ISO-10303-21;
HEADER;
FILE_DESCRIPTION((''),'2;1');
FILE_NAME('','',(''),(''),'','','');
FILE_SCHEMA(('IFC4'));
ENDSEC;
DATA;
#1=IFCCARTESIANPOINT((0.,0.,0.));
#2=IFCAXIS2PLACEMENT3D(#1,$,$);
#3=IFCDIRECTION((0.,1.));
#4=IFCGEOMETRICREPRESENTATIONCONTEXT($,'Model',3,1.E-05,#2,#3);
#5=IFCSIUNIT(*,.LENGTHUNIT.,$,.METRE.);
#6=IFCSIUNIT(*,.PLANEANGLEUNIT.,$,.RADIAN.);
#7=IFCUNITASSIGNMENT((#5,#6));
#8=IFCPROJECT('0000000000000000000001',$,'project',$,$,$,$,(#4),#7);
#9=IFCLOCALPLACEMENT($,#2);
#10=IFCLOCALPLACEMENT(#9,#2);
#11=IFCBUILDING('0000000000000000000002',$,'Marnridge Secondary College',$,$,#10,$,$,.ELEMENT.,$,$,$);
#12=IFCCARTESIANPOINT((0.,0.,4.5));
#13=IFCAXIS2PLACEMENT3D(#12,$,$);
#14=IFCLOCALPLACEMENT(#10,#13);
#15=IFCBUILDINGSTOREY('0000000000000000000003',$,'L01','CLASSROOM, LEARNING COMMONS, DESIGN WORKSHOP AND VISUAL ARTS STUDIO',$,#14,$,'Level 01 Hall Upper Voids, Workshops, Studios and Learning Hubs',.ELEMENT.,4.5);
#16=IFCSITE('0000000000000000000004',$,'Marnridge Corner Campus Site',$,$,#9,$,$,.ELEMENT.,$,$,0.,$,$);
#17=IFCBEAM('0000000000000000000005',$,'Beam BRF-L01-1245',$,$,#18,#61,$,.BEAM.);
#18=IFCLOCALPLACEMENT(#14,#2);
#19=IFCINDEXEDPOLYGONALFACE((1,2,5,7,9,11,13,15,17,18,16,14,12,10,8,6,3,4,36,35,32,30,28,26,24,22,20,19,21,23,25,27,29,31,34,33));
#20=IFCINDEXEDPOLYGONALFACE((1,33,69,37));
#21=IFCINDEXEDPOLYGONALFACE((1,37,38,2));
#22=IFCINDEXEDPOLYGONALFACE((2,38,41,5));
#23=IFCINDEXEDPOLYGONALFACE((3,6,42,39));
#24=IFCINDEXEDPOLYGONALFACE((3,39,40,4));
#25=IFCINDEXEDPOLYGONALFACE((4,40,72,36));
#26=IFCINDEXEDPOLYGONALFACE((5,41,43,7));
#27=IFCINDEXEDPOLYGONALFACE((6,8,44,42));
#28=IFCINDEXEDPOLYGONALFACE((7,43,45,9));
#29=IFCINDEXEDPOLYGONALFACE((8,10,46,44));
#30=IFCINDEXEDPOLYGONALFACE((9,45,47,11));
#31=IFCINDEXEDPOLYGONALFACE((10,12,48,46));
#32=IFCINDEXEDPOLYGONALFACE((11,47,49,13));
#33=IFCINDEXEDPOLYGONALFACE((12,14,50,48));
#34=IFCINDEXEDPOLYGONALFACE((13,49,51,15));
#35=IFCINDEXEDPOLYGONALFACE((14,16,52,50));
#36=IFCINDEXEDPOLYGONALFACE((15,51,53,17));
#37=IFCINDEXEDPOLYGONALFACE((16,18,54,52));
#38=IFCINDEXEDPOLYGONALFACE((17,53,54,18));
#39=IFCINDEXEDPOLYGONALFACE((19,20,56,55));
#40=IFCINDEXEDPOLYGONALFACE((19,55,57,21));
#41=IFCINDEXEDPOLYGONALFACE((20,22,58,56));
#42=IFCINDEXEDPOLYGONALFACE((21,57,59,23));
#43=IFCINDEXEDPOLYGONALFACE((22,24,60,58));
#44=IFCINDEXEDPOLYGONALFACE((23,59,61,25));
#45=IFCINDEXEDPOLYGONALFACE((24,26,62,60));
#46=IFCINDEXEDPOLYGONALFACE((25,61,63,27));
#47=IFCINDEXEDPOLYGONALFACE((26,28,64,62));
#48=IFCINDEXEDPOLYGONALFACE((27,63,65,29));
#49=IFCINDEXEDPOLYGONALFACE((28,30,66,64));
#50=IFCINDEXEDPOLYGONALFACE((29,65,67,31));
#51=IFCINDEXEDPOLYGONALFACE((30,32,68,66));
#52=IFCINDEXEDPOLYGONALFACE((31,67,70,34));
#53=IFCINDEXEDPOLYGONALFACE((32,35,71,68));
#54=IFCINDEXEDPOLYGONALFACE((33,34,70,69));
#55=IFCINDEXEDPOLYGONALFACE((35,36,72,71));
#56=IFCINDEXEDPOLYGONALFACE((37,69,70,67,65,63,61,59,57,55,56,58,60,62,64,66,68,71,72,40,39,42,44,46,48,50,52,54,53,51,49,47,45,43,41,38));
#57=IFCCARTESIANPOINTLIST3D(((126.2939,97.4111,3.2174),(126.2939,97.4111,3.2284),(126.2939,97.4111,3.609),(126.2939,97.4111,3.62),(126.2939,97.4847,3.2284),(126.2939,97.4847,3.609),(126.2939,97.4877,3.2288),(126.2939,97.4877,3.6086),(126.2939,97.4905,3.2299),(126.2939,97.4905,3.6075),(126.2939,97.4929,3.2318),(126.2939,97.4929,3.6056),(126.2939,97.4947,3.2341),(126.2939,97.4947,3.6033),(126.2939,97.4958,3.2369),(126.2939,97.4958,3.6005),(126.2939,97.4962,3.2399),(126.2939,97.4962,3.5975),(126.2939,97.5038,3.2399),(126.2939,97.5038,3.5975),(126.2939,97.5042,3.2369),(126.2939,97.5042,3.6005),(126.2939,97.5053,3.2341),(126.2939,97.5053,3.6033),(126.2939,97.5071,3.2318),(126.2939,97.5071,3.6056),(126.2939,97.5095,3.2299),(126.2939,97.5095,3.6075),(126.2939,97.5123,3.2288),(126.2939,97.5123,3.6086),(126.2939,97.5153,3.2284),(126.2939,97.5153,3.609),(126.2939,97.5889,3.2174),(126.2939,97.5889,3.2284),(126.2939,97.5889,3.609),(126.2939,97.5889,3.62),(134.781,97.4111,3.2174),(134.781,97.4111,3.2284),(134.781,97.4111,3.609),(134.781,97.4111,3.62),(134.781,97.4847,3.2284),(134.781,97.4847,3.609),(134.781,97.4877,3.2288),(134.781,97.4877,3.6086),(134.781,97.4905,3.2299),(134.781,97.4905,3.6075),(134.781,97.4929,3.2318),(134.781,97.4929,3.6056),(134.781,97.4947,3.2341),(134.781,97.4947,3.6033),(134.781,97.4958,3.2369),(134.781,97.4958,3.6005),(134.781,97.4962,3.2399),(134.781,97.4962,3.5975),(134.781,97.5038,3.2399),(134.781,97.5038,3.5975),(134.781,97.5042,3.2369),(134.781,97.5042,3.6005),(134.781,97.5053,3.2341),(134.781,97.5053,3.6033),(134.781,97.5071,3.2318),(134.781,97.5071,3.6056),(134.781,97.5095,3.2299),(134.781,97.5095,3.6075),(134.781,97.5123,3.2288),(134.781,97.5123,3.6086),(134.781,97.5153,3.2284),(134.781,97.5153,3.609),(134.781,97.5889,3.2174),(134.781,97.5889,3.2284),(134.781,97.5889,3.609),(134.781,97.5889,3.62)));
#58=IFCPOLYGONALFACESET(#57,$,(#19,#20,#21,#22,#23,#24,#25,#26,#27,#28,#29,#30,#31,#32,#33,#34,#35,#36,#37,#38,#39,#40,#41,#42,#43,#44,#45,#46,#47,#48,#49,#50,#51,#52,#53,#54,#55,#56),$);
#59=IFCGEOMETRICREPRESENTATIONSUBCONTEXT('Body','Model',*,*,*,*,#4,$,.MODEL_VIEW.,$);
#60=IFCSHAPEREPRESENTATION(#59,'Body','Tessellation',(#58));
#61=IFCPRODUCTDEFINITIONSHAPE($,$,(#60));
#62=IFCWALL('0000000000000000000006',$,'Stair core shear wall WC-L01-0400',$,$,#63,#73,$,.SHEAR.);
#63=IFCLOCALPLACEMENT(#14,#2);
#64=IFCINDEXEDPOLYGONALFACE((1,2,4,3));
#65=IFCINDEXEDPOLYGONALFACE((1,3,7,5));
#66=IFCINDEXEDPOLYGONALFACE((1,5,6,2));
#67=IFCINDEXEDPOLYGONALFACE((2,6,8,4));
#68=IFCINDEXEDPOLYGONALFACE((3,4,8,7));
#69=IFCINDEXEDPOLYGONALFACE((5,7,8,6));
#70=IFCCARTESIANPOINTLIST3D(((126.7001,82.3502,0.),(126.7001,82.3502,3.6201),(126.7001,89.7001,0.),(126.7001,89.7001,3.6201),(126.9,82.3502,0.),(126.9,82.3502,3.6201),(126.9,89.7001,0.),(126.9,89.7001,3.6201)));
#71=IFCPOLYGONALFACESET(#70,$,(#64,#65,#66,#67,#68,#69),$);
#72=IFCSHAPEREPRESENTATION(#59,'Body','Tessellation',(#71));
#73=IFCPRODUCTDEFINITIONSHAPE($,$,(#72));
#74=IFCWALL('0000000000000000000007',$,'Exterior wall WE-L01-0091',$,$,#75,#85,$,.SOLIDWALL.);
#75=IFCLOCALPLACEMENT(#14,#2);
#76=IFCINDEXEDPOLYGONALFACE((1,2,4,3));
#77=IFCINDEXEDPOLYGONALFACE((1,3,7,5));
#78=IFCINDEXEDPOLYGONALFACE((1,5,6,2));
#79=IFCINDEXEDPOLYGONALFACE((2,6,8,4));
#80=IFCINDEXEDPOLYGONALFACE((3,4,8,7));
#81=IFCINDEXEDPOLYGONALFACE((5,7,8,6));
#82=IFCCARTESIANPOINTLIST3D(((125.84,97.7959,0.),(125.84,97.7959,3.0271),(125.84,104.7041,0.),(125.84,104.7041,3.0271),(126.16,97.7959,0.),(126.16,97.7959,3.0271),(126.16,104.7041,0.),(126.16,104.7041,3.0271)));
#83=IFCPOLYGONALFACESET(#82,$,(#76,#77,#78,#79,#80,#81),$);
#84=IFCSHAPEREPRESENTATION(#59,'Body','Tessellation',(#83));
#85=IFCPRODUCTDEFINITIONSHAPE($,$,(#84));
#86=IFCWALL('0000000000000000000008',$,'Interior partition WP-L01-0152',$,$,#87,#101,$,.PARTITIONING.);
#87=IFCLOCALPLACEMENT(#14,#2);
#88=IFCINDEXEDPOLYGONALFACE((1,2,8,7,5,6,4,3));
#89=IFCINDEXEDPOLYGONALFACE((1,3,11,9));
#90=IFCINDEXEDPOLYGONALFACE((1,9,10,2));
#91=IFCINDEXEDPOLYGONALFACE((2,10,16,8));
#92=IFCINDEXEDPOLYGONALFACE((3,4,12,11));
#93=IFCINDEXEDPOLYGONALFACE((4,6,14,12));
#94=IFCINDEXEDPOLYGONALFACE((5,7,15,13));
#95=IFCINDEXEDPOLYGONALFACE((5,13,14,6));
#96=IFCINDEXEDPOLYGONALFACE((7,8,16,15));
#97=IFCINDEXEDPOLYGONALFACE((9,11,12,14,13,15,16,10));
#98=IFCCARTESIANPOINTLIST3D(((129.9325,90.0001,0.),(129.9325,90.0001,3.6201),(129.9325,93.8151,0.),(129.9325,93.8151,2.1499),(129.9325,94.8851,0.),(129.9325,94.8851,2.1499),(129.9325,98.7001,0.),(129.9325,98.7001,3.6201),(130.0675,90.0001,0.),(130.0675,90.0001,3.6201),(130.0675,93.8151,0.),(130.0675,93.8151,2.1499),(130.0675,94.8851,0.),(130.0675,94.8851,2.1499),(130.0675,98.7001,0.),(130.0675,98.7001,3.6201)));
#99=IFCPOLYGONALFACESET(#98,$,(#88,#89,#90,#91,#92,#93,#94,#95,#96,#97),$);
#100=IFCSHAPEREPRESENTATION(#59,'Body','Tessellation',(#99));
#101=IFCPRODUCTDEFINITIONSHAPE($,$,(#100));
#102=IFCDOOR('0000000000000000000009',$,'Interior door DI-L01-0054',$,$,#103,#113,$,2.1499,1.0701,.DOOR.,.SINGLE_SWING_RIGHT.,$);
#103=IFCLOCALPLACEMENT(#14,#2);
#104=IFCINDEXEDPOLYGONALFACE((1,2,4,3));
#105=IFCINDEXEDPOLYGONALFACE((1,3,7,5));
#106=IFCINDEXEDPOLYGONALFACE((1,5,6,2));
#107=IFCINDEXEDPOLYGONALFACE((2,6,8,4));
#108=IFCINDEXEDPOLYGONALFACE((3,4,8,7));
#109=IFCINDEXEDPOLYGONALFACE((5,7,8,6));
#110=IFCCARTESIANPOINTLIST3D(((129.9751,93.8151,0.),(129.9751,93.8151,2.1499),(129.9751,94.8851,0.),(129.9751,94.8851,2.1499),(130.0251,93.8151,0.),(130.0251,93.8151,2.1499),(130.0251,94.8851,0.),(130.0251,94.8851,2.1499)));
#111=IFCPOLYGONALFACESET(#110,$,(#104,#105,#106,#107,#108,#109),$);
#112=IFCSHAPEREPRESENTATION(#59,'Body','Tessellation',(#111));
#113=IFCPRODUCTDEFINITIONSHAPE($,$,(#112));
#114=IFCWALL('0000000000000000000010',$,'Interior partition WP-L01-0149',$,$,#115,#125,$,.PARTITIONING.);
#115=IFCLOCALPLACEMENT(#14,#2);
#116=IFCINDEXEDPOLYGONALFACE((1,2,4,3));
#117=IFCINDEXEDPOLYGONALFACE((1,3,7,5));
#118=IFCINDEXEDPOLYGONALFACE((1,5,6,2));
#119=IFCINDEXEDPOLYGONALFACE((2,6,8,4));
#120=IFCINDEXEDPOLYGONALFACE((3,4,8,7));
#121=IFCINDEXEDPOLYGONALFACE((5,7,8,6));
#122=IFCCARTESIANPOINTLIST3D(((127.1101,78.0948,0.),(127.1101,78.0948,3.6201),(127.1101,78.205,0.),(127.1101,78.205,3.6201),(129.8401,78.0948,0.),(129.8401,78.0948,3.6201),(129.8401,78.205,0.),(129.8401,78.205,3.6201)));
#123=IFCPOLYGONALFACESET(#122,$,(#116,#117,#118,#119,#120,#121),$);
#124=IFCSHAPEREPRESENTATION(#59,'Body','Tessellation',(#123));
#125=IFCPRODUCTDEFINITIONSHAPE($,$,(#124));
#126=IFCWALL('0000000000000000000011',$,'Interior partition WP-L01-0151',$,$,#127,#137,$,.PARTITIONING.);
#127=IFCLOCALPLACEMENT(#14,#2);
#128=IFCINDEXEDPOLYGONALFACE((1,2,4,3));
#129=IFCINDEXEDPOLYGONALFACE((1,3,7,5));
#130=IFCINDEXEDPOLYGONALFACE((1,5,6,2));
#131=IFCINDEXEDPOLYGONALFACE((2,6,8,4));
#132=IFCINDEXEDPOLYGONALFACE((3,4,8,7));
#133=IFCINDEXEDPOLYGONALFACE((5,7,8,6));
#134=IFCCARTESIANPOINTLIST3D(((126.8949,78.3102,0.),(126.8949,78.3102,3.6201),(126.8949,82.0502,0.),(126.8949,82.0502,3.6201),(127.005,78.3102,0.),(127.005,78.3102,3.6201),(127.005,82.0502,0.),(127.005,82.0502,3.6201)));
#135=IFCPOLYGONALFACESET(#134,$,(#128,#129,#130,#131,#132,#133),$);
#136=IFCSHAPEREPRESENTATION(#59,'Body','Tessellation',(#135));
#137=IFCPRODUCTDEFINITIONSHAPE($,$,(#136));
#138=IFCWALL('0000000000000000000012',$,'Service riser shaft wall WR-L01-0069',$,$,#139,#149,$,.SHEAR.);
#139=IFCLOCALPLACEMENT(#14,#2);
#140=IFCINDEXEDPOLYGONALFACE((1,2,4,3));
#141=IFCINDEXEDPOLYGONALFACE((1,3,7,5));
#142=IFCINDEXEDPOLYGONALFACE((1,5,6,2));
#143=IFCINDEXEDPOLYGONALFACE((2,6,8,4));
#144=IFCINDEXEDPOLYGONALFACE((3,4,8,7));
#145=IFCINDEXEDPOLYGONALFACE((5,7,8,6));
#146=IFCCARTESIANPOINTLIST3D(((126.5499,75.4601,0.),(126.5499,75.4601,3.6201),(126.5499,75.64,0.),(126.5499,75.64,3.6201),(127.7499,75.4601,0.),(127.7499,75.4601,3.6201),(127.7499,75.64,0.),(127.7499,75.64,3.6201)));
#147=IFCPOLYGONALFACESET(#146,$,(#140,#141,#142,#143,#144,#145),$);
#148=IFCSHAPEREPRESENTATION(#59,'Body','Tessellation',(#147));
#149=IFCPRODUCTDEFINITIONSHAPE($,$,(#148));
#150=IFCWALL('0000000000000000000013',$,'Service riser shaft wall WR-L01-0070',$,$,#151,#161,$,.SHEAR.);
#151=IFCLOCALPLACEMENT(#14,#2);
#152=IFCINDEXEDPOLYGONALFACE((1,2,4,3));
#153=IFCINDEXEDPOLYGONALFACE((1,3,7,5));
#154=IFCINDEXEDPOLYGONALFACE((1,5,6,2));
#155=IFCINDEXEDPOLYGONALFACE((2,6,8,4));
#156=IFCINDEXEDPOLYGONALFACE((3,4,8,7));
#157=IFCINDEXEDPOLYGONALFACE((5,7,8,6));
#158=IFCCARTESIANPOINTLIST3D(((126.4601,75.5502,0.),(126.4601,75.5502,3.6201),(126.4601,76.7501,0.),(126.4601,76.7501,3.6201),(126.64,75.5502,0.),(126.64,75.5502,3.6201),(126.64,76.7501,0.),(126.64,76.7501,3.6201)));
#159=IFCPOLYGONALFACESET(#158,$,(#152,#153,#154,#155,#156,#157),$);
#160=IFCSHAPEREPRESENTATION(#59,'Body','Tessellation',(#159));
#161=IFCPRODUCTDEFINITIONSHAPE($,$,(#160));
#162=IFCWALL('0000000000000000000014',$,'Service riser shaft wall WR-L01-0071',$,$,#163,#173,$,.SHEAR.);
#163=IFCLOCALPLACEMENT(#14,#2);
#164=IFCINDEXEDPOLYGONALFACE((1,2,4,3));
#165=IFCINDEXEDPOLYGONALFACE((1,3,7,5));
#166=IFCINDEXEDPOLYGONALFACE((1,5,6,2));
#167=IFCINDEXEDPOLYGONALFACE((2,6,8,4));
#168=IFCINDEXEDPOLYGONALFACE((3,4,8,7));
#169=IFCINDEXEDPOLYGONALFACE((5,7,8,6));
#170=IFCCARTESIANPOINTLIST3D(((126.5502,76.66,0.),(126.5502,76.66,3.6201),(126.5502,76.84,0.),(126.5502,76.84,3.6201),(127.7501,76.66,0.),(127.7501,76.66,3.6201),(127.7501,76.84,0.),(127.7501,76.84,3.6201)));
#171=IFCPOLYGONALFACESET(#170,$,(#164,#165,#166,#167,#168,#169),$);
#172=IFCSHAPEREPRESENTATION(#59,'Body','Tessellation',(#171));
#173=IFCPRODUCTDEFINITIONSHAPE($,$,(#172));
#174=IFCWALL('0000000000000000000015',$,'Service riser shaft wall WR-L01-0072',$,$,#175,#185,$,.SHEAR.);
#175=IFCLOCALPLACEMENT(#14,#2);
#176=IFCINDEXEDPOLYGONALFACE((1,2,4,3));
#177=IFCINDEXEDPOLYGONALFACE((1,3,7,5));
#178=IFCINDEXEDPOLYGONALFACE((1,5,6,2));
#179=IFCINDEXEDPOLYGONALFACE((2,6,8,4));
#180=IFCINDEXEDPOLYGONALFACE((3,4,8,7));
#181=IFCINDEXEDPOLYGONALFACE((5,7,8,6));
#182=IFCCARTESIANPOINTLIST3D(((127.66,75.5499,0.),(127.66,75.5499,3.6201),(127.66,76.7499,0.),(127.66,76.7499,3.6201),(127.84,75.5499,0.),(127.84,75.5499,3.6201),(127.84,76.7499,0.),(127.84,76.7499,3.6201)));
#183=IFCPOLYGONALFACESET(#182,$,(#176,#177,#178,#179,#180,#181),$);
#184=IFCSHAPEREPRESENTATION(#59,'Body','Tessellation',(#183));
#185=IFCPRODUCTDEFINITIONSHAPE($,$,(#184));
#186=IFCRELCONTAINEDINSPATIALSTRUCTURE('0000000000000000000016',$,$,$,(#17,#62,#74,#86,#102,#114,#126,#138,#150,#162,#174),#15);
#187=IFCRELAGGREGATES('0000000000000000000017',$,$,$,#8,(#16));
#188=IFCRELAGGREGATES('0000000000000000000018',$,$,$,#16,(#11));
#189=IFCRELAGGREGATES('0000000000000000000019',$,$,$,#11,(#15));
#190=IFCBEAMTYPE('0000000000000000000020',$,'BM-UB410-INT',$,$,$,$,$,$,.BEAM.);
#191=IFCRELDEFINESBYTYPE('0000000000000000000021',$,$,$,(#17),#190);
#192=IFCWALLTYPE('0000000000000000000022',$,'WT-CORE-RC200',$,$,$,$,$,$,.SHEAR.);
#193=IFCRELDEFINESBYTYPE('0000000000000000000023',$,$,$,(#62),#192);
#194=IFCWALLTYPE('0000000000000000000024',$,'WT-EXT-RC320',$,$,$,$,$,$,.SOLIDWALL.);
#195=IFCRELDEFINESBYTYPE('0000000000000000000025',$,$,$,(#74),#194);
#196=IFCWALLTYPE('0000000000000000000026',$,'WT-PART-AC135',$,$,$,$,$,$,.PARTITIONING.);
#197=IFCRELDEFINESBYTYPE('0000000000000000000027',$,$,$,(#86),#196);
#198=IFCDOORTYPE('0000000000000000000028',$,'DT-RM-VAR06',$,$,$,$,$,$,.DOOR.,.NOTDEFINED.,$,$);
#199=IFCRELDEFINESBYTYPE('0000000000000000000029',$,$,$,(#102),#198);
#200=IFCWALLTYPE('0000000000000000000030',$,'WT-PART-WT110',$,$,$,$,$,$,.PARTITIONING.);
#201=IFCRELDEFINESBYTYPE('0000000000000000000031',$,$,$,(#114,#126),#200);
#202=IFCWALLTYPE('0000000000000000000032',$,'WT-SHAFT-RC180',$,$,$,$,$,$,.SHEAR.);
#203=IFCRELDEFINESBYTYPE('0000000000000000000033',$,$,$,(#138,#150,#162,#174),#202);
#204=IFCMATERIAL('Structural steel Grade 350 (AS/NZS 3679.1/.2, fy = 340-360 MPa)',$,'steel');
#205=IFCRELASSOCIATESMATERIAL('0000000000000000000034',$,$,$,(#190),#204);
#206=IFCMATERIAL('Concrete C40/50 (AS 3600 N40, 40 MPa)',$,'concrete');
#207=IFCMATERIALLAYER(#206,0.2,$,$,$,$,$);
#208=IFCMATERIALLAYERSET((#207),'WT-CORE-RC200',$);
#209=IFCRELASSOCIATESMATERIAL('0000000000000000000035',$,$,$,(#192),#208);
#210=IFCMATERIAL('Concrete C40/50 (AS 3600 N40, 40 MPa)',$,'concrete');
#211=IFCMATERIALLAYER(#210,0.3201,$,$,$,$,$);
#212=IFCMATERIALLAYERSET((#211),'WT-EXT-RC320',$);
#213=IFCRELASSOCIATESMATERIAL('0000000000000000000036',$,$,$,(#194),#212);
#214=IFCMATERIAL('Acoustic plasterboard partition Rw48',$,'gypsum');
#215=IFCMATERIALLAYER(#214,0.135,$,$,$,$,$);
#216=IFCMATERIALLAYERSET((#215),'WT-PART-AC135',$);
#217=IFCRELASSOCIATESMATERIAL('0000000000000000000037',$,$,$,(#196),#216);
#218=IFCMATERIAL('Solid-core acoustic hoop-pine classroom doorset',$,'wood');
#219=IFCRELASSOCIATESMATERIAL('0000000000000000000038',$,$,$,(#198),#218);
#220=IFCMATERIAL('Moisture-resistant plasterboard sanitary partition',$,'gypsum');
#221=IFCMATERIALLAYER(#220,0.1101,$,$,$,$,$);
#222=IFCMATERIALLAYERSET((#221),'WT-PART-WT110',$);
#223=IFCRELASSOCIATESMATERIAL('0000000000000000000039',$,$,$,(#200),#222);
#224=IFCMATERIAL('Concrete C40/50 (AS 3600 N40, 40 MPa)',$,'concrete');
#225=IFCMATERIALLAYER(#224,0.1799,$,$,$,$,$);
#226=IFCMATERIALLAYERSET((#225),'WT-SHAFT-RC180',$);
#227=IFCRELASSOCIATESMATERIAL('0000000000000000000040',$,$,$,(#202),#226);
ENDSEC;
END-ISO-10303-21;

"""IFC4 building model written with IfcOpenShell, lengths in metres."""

from ifc_helpers import new_model, si_unit, direction, frame, frame_2d, origin, origin_2d, place, context, subcontext, project, spatial, rectangle, i_section, extrude, material, layer, layer_set, material_profile, profile_set, type_object, element, fill, save


model = new_model("IFC4")

# Units and contexts
model_context = context("Model", 3, precision=1e-05, world=origin(), true_north=direction((0.0, 1.0)))
body_context = subcontext(model_context, "Body", "Model", "MODEL_VIEW")
ifc_project = project(units=[si_unit("LENGTHUNIT", "METRE"), si_unit("PLANEANGLEUNIT", "RADIAN")], contexts=[model_context])

# Site, building, storey
site_placement = place(None, origin())
site = spatial("IfcSite", under=ifc_project, at=site_placement, Name="Marnridge Corner Campus Site", CompositionType="ELEMENT", RefElevation=0.0)
building_placement = place(site_placement, origin())
building = spatial("IfcBuilding", under=site, at=building_placement, Name="Marnridge Secondary College", CompositionType="ELEMENT")
storey_placement = place(building_placement, frame((0.0, 0.0, 4.5)))
storey = spatial("IfcBuildingStorey", under=building, at=storey_placement, Name="L01", Description="CLASSROOM, LEARNING COMMONS, DESIGN WORKSHOP AND VISUAL ARTS STUDIO", LongName="Level 01 Hall Upper Voids, Workshops, Studios and Learning Hubs", CompositionType="ELEMENT", Elevation=4.5)

# Beam
ifc_material_1 = material(Name="Structural steel Grade 350 (AS/NZS 3679.1/.2, fy = 340-360 MPa)", Category="steel")
ifc_material_profile_1 = material_profile(ifc_material_1, i_section(OverallWidth=0.1777, OverallDepth=0.4026, WebThickness=0.0076, FlangeThickness=0.011, FilletRadius=0.0115, at=origin_2d()), Name="410UB53.7")
ifc_profile_set_1 = profile_set([ifc_material_profile_1], Name="Structural steel Grade 350 (AS/NZS 3679.1/.2, fy = 340-360 MPa)")
beam_type_1 = type_object("IfcBeamType", Name="BM-UB410-INT", PredefinedType="BEAM", material=ifc_profile_set_1)
for number, where, z_axis, x_axis, name in (
    (1, (126.2939, 97.5, 3.4187), (1.0, 0.0, 0.0), (0.0, 1.0, 0.0), "Beam BRF-L01-1245"),
):
    element("IfcBeam", number, at=place(storey_placement, frame(where, z_axis=z_axis, x_axis=x_axis)), inside=storey, type_object=beam_type_1, Name=name, PredefinedType="BEAM", context=body_context, shape_type="SweptSolid", body=[
        extrude(i_section(OverallWidth=0.1777, OverallDepth=0.4026, WebThickness=0.0076, FlangeThickness=0.011, FilletRadius=0.0115, at=origin_2d()), origin(), (0.0, 0.0, 1.0), 8.4871),
    ])

# Shared definitions
ifc_material_2 = material(Name="Concrete C40/50 (AS 3600 N40, 40 MPa)", Category="concrete")
ifc_layer_1 = layer(ifc_material_2, 0.2)
ifc_layer_set_1 = layer_set([ifc_layer_1], Name="WT-CORE-RC200")
wall_type_1 = type_object("IfcWallType", Name="WT-CORE-RC200", PredefinedType="SHEAR", material=ifc_layer_set_1)

# Walls
wall_1_placement = place(storey_placement, frame((126.8, 89.7, 0.0), z_axis=(0.0, 0.0, 1.0), x_axis=(0.0, -1.0, 0.0)))
element("IfcWall", 2, at=wall_1_placement, inside=storey, type_object=wall_type_1, Name="Stair core shear wall WC-L01-0400", PredefinedType="SHEAR", context=body_context, shape_type="SweptSolid", body=[
    extrude(rectangle(XDim=7.3499, YDim=0.2, at=frame_2d((3.6748, 0.0))), origin(), (0.0, 0.0, 1.0), 3.6201),
])
ifc_material_3 = material(Name="Concrete C40/50 (AS 3600 N40, 40 MPa)", Category="concrete")
ifc_layer_2 = layer(ifc_material_3, 0.3201)
ifc_layer_set_2 = layer_set([ifc_layer_2], Name="WT-EXT-RC320")
wall_type_2 = type_object("IfcWallType", Name="WT-EXT-RC320", PredefinedType="SOLIDWALL", material=ifc_layer_set_2)
wall_2_placement = place(storey_placement, frame((126.0, 97.7959, 0.0), z_axis=(0.0, 0.0, 1.0), x_axis=(0.0, 1.0, 0.0)))
element("IfcWall", 3, at=wall_2_placement, inside=storey, type_object=wall_type_2, Name="Exterior wall WE-L01-0091", PredefinedType="SOLIDWALL", context=body_context, shape_type="SweptSolid", body=[
    extrude(rectangle(XDim=6.9082, YDim=0.3201, at=frame_2d((3.4541, 0.0))), origin(), (0.0, 0.0, 1.0), 3.0271),
])

# Wall, opening, door
ifc_material_4 = material(Name="Acoustic plasterboard partition Rw48", Category="gypsum")
ifc_layer_3 = layer(ifc_material_4, 0.135)
ifc_layer_set_3 = layer_set([ifc_layer_3], Name="WT-PART-AC135")
wall_type_3 = type_object("IfcWallType", Name="WT-PART-AC135", PredefinedType="PARTITIONING", material=ifc_layer_set_3)
wall_3_placement = place(storey_placement, frame((130.0, 90.0, 0.0), z_axis=(0.0, 0.0, 1.0), x_axis=(0.0, 1.0, 0.0)))
wall_3 = element("IfcWall", 4, at=wall_3_placement, inside=storey, type_object=wall_type_3, Name="Interior partition WP-L01-0152", PredefinedType="PARTITIONING", context=body_context, shape_type="SweptSolid", body=[
    extrude(rectangle(XDim=8.7, YDim=0.135, at=frame_2d((4.3501, 0.0))), origin(), (0.0, 0.0, 1.0), 3.6201),
])
opening_1_placement = place(wall_3_placement, frame((3.8149, 0.0, 0.0)))
opening_1 = element("IfcOpeningElement", 5, at=opening_1_placement, cuts=wall_3, PredefinedType="OPENING", context=body_context, shape_type="SweptSolid", body=[
    extrude(rectangle(XDim=1.0701, YDim=2.1499, at=frame_2d((0.5352, 1.075))), frame((0.0, 0.0774, 0.0), z_axis=(0.0, -1.0, 0.0), x_axis=(1.0, 0.0, 0.0)), (0.0, 0.0, 1.0), 0.155),
])
ifc_material_5 = material(Name="Solid-core acoustic hoop-pine classroom doorset", Category="wood")
door_type_1 = type_object("IfcDoorType", Name="DT-RM-VAR06", OperationType="NOTDEFINED", PredefinedType="DOOR", material=ifc_material_5)
door_1_placement = place(opening_1_placement, origin())
door_1 = element("IfcDoor", 6, at=door_1_placement, inside=storey, type_object=door_type_1, Name="Interior door DI-L01-0054", OperationType="SINGLE_SWING_RIGHT", OverallHeight=2.1499, OverallWidth=1.0701, PredefinedType="DOOR", context=body_context, shape_type="SweptSolid", body=[
    extrude(rectangle(XDim=1.0701, YDim=2.1499, at=frame_2d((0.5352, 1.075))), frame((0.0, 0.0249, 0.0), z_axis=(0.0, -1.0, 0.0), x_axis=(1.0, 0.0, 0.0)), (0.0, 0.0, 1.0), 0.05),
])
fill(opening_1, door_1)

# Wall
ifc_material_6 = material(Name="Moisture-resistant plasterboard sanitary partition", Category="gypsum")
ifc_layer_4 = layer(ifc_material_6, 0.1101)
ifc_layer_set_4 = layer_set([ifc_layer_4], Name="WT-PART-WT110")
wall_type_4 = type_object("IfcWallType", Name="WT-PART-WT110", PredefinedType="PARTITIONING", material=ifc_layer_set_4)
wall_4_placement = place(storey_placement, frame((129.8401, 78.1499, 0.0), z_axis=(0.0, 0.0, 1.0), x_axis=(-1.0, 0.0, 0.0)))
element("IfcWall", 7, at=wall_4_placement, inside=storey, type_object=wall_type_4, Name="Interior partition WP-L01-0149", PredefinedType="PARTITIONING", context=body_context, shape_type="SweptSolid", body=[
    extrude(rectangle(XDim=2.73, YDim=0.1101, at=frame_2d((1.365, 0.0))), origin(), (0.0, 0.0, 1.0), 3.6201),
])

# Walls
wall_5_placement = place(storey_placement, frame((126.95, 78.3101, 0.0), z_axis=(0.0, 0.0, 1.0), x_axis=(0.0, 1.0, 0.0)))
element("IfcWall", 8, at=wall_5_placement, inside=storey, type_object=wall_type_4, Name="Interior partition WP-L01-0151", PredefinedType="PARTITIONING", context=body_context, shape_type="SweptSolid", body=[
    extrude(rectangle(XDim=3.74, YDim=0.1101, at=frame_2d((1.8701, 0.0))), origin(), (0.0, 0.0, 1.0), 3.6201),
])
ifc_material_7 = material(Name="Concrete C40/50 (AS 3600 N40, 40 MPa)", Category="concrete")
ifc_layer_5 = layer(ifc_material_7, 0.1799)
ifc_layer_set_5 = layer_set([ifc_layer_5], Name="WT-SHAFT-RC180")
wall_type_5 = type_object("IfcWallType", Name="WT-SHAFT-RC180", PredefinedType="SHEAR", material=ifc_layer_set_5)
for number, where, z_axis, x_axis, name in (
    (9, (127.75, 75.55, 0.0), (0.0, 0.0, 1.0), (-1.0, 0.0, 0.0), "Service riser shaft wall WR-L01-0069"),
    (10, (126.55, 75.55, 0.0), (0.0, 0.0, 1.0), (0.0, 1.0, 0.0), "Service riser shaft wall WR-L01-0070"),
    (11, (126.55, 76.75, 0.0), (0.0, 0.0, 1.0), (1.0, 0.0, 0.0), "Service riser shaft wall WR-L01-0071"),
    (12, (127.75, 76.75, 0.0), (0.0, 0.0, 1.0), (0.0, -1.0, 0.0), "Service riser shaft wall WR-L01-0072"),
):
    element("IfcWall", number, at=place(storey_placement, frame(where, z_axis=z_axis, x_axis=x_axis)), inside=storey, type_object=wall_type_5, Name=name, PredefinedType="SHEAR", context=body_context, shape_type="SweptSolid", body=[
        extrude(rectangle(XDim=1.2, YDim=0.1799, at=frame_2d((0.6001, 0.0))), origin(), (0.0, 0.0, 1.0), 3.6201),
    ])

save(model, "model.ifc")
